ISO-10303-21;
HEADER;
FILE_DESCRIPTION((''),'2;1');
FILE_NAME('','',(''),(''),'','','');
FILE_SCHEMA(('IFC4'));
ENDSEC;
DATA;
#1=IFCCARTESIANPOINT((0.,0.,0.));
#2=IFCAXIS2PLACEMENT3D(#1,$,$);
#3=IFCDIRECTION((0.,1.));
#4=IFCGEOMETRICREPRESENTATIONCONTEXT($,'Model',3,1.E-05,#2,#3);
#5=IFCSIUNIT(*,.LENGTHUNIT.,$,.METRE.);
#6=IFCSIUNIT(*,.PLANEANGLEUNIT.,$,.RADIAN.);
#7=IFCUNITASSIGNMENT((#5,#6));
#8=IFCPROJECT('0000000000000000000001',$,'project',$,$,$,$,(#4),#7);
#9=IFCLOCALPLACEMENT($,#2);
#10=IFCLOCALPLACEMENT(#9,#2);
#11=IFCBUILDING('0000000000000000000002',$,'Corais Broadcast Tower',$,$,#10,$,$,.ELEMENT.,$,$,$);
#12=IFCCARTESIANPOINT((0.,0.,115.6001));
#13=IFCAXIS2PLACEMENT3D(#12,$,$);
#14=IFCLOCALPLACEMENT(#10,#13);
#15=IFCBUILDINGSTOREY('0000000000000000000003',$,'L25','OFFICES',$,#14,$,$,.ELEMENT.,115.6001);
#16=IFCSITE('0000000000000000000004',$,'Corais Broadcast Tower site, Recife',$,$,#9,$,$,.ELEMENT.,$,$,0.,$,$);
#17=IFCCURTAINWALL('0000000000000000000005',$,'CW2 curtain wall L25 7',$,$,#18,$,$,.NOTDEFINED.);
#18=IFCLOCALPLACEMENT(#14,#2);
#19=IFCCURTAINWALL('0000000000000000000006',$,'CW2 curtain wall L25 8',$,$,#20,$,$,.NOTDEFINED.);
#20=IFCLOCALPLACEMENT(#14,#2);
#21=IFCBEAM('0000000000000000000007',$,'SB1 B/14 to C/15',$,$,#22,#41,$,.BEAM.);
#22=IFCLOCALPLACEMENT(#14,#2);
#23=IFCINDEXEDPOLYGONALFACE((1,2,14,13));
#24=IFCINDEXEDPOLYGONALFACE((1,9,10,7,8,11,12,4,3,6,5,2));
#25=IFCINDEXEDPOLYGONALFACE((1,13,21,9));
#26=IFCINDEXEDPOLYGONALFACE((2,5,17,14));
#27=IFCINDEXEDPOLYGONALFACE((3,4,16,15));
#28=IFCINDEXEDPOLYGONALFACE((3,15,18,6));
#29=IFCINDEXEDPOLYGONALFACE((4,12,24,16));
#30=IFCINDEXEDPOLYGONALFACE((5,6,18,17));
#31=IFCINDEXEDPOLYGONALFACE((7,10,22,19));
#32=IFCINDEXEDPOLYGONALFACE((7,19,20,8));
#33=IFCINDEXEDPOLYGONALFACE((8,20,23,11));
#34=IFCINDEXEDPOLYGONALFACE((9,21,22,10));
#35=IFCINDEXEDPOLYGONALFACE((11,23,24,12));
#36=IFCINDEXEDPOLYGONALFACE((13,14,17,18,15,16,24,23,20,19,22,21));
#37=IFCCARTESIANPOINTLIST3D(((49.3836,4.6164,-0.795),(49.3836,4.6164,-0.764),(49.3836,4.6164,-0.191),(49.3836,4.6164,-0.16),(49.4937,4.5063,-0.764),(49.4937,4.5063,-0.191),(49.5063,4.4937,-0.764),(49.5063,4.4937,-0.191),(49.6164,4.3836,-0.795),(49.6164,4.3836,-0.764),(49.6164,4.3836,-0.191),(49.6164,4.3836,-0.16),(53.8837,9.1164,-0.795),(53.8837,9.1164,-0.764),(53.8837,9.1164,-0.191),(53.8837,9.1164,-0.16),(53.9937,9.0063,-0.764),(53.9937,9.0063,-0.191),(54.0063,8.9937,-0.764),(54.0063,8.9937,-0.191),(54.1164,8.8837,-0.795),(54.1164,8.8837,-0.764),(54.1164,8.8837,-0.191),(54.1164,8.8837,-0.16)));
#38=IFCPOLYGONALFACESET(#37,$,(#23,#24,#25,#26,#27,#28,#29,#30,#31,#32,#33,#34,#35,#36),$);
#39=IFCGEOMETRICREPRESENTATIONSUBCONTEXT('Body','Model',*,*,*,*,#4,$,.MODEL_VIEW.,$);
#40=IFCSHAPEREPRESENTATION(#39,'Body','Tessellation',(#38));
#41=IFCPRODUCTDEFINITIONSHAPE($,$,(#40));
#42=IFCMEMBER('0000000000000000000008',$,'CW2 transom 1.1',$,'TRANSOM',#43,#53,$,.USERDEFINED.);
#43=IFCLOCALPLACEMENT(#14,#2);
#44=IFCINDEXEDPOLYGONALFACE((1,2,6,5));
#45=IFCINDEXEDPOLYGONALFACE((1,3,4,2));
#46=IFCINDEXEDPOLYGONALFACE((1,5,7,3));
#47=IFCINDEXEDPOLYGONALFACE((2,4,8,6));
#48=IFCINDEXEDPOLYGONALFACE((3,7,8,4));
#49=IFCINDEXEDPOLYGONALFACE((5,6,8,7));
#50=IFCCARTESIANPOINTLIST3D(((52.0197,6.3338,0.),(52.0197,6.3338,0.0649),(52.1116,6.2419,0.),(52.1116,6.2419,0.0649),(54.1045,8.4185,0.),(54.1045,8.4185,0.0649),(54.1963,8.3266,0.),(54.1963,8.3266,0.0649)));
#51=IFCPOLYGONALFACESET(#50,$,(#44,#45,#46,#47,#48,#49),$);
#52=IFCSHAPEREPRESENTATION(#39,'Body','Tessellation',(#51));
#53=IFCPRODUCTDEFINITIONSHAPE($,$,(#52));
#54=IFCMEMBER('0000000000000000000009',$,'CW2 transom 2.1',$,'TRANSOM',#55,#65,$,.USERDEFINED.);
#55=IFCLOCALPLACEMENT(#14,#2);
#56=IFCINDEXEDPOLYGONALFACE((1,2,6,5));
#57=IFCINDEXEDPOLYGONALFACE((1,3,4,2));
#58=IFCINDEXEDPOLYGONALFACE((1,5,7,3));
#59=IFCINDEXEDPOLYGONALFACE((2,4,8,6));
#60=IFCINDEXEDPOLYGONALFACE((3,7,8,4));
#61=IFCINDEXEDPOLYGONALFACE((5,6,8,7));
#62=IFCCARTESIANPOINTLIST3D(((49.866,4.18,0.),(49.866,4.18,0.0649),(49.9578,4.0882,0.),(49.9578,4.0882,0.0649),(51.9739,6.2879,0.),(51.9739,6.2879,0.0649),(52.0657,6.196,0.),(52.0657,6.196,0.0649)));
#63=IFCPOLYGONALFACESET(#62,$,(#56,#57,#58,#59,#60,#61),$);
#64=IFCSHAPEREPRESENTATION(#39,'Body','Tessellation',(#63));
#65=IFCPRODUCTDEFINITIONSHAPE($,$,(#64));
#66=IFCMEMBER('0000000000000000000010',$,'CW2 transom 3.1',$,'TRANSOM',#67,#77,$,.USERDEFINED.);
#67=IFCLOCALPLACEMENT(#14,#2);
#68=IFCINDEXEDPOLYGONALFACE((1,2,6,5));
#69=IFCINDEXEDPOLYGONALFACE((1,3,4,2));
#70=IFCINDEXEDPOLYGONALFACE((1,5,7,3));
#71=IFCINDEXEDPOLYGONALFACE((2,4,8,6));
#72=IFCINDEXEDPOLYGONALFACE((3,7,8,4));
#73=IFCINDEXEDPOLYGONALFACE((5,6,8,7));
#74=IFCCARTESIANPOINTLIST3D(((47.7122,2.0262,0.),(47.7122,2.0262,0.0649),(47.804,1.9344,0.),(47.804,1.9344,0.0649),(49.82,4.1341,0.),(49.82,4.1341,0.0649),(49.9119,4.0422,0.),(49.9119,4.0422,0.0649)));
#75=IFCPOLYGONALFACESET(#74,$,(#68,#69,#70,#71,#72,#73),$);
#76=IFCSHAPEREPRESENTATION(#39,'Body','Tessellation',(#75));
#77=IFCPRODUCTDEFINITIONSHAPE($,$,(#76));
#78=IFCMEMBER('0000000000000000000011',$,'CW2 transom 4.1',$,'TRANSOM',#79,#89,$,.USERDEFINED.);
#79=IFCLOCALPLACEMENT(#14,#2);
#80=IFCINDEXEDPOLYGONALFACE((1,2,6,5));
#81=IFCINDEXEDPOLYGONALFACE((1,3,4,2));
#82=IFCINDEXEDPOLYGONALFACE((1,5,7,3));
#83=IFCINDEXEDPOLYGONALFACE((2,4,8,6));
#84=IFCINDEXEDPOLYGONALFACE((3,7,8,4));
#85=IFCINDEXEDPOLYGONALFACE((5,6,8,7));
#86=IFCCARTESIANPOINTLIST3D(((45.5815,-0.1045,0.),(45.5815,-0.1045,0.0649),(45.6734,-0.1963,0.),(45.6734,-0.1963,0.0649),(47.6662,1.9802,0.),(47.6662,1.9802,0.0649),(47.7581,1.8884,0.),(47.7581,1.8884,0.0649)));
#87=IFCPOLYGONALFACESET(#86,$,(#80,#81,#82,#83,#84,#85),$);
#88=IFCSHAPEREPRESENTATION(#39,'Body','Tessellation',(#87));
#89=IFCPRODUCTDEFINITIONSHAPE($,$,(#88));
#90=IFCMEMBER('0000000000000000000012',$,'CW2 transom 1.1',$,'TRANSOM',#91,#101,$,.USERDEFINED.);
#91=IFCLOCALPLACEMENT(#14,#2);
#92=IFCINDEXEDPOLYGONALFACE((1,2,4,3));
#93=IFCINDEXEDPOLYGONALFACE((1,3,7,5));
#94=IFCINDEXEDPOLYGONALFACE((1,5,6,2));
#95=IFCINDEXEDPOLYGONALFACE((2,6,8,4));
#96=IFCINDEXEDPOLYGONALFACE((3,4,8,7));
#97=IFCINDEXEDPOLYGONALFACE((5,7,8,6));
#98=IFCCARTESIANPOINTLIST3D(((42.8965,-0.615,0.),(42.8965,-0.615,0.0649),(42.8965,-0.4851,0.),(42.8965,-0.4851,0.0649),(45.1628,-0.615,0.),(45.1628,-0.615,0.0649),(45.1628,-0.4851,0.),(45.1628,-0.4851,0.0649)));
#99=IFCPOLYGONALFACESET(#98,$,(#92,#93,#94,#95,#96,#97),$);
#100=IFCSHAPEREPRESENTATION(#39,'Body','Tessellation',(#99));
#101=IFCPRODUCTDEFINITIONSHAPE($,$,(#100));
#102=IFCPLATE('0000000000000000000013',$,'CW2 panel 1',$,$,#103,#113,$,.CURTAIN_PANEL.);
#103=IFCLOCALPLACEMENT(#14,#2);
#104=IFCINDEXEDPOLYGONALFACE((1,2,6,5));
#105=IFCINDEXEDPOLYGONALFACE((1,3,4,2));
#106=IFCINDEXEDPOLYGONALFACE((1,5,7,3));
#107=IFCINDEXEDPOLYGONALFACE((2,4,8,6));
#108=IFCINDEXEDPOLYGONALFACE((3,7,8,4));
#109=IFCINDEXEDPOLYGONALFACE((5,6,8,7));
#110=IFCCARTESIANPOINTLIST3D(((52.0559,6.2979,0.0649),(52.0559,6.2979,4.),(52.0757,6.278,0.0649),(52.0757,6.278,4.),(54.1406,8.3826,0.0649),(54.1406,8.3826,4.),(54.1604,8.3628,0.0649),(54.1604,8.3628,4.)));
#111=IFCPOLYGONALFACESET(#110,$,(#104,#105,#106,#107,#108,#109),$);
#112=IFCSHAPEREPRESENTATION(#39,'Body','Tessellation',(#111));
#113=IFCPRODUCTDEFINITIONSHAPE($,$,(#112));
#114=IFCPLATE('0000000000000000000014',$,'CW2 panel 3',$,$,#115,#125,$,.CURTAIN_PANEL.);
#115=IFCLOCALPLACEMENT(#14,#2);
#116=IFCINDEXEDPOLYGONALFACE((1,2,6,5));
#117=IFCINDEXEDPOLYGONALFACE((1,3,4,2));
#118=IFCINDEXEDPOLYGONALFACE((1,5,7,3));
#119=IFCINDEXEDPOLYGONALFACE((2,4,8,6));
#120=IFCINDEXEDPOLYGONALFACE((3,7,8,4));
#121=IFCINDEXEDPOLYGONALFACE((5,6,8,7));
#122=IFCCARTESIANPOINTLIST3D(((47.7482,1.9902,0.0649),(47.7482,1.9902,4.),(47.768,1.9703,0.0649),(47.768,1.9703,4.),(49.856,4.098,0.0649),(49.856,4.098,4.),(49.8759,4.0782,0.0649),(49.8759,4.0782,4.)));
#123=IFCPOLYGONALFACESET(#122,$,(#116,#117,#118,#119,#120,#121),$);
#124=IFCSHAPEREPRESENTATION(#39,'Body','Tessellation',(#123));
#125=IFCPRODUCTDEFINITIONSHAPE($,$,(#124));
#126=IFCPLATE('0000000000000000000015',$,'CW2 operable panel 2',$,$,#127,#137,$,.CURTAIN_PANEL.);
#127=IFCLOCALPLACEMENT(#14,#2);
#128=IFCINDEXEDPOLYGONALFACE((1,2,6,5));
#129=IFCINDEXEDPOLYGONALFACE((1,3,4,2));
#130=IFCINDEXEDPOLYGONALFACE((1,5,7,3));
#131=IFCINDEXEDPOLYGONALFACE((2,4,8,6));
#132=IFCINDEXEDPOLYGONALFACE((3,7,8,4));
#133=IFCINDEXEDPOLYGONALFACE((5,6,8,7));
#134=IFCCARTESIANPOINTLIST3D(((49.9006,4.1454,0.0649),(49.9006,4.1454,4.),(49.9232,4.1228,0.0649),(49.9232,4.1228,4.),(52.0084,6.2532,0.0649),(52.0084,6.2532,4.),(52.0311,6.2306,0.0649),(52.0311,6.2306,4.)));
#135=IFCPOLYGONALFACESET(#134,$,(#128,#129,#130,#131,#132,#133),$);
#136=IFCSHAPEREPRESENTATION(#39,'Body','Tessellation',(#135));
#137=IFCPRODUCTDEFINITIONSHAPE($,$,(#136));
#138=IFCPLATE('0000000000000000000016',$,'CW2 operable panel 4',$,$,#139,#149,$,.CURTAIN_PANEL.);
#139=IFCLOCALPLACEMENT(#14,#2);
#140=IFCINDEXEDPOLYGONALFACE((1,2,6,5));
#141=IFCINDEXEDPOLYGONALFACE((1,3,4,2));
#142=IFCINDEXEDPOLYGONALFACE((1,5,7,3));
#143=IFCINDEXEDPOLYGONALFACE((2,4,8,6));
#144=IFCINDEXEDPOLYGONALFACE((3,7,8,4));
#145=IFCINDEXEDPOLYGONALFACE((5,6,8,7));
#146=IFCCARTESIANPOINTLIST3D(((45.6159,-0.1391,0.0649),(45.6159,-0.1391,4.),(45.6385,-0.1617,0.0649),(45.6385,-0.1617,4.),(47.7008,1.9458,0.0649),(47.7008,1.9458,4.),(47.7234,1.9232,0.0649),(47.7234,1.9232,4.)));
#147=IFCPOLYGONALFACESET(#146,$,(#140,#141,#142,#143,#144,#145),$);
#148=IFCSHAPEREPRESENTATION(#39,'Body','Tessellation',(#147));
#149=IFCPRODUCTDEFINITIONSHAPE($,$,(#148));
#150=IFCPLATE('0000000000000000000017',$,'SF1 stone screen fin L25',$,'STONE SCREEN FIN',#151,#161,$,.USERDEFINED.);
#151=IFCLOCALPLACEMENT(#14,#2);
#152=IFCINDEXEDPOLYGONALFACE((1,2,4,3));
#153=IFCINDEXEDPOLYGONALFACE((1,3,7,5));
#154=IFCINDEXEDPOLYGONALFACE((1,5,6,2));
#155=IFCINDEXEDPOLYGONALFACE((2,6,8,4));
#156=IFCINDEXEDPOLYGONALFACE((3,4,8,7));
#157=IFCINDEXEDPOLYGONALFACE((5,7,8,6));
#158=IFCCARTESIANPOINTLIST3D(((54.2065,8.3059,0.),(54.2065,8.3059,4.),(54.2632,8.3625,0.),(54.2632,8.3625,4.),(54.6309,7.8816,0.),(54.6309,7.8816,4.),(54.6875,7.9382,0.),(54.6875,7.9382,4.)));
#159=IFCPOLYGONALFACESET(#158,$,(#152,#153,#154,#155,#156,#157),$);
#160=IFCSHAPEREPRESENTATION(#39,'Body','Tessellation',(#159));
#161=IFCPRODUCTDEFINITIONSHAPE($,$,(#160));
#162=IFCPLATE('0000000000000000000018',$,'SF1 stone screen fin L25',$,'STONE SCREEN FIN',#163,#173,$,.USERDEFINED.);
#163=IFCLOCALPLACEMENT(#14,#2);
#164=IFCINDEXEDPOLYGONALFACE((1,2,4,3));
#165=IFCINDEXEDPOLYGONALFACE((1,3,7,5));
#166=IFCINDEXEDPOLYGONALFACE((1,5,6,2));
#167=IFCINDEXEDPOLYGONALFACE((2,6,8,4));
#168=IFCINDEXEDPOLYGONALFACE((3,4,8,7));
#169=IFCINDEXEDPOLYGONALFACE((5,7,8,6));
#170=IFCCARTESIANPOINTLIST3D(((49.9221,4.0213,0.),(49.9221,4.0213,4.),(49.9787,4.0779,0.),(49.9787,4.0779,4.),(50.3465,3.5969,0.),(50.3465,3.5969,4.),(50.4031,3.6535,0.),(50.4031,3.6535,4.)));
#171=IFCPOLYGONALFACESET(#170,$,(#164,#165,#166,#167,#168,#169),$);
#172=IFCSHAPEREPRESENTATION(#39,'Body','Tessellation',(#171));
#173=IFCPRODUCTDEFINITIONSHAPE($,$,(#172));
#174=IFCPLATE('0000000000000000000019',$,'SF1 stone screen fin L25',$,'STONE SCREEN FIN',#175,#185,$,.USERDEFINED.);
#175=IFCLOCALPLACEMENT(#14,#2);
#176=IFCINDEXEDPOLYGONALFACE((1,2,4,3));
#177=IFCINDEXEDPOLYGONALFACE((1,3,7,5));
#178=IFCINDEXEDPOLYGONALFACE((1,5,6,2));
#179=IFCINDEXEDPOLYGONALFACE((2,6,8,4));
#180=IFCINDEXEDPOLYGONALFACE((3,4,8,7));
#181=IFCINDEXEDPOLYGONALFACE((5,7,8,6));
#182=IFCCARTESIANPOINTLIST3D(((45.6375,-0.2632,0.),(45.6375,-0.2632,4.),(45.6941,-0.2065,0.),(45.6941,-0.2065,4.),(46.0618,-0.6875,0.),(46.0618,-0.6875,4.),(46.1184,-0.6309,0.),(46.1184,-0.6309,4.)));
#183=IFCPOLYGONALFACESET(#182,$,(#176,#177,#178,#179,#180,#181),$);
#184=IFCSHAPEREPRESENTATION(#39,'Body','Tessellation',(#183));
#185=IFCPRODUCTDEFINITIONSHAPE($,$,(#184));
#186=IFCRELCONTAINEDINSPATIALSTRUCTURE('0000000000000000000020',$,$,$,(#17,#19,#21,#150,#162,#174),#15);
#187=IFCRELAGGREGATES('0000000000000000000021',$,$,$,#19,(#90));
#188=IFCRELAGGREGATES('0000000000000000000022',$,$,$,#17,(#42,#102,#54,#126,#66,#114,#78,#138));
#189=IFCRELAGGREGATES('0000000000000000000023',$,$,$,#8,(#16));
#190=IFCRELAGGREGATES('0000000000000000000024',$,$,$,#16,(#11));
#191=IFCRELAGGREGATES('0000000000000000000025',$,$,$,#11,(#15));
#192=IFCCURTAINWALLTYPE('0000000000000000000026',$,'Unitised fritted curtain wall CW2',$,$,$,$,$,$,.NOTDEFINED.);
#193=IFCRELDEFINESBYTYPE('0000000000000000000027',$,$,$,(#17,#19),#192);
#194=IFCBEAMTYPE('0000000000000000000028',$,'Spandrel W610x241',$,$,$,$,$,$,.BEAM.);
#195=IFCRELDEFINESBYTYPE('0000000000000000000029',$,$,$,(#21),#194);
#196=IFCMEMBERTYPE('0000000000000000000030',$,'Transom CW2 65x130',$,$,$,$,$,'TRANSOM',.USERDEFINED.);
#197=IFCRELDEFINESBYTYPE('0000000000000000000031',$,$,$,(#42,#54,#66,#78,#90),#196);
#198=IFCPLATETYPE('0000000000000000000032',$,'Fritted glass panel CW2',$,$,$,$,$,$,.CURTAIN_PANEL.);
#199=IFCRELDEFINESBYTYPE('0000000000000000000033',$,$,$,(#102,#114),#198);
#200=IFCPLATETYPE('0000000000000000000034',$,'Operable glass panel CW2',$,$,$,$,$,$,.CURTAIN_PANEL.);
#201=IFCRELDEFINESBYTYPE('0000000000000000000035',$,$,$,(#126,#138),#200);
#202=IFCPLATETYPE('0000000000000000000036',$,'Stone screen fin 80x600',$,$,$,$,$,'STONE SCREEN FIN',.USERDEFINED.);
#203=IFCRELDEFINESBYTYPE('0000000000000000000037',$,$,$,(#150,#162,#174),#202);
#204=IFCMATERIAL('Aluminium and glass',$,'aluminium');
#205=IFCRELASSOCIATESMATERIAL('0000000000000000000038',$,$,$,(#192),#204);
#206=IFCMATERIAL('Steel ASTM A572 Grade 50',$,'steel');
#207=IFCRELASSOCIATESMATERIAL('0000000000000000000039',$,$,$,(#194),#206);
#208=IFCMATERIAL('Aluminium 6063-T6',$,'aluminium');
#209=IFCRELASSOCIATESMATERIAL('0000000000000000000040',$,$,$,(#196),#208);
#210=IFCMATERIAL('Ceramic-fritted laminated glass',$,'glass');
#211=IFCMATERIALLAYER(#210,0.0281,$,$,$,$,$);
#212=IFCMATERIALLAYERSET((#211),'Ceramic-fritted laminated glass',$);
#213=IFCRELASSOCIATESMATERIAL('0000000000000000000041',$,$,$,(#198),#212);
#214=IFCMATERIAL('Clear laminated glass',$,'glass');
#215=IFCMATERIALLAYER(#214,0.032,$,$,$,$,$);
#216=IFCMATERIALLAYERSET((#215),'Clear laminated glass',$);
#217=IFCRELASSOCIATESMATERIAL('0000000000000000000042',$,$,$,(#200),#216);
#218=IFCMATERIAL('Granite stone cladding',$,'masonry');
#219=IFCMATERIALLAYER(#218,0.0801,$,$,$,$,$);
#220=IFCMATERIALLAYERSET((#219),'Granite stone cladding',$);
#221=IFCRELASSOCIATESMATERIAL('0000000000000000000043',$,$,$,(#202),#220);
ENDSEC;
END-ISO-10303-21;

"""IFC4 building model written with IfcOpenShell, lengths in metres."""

from ifc_helpers import new_model, si_unit, direction, frame, origin, origin_2d, place, context, subcontext, project, spatial, rectangle, i_section, extrude, material, layer, layer_set, material_profile, profile_set, type_object, element, aggregate, save


model = new_model("IFC4")

# Units and contexts
model_context = context("Model", 3, precision=1e-05, world=origin(), true_north=direction((0.0, 1.0)))
body_context = subcontext(model_context, "Body", "Model", "MODEL_VIEW")
ifc_project = project(units=[si_unit("LENGTHUNIT", "METRE"), si_unit("PLANEANGLEUNIT", "RADIAN")], contexts=[model_context])

# Site, building, storey
site_placement = place(None, origin())
site = spatial("IfcSite", under=ifc_project, at=site_placement, Name="Corais Broadcast Tower site, Recife", CompositionType="ELEMENT", RefElevation=0.0)
building_placement = place(site_placement, origin())
building = spatial("IfcBuilding", under=site, at=building_placement, Name="Corais Broadcast Tower", CompositionType="ELEMENT")
storey_placement = place(building_placement, frame((0.0, 0.0, 115.6001)))
storey = spatial("IfcBuildingStorey", under=building, at=storey_placement, Name="L25", Description="OFFICES", CompositionType="ELEMENT", Elevation=115.6001)

# Shared definitions
ifc_material_1 = material(Name="Aluminium and glass", Category="aluminium")
curtain_wall_type = type_object("IfcCurtainWallType", Name="Unitised fritted curtain wall CW2", PredefinedType="NOTDEFINED", material=ifc_material_1)

# Curtain wall
curtain_wall_1_placement = place(storey_placement, origin())
curtain_wall_1 = element("IfcCurtainWall", 1, at=curtain_wall_1_placement, inside=storey, type_object=curtain_wall_type, Name="CW2 curtain wall L25 7", PredefinedType="NOTDEFINED")

# Curtain wall
curtain_wall_2_placement = place(storey_placement, origin())
curtain_wall_2 = element("IfcCurtainWall", 2, at=curtain_wall_2_placement, inside=storey, type_object=curtain_wall_type, Name="CW2 curtain wall L25 8", PredefinedType="NOTDEFINED")

# Beam
ifc_material_2 = material(Name="Steel ASTM A572 Grade 50", Category="steel")
ifc_material_profile_1 = material_profile(ifc_material_2, i_section(OverallWidth=0.3291, OverallDepth=0.635, WebThickness=0.0178, FlangeThickness=0.031, at=origin_2d()), Name="W610x241")
ifc_profile_set_1 = profile_set([ifc_material_profile_1], Name="Steel ASTM A572 Grade 50")
beam_type_1 = type_object("IfcBeamType", Name="Spandrel W610x241", PredefinedType="BEAM", material=ifc_profile_set_1)
beam_1_placement = place(storey_placement, frame((49.5, 4.5, -0.4775), z_axis=(0.707107, 0.707107, 0.0), x_axis=(-0.707107, 0.707107, 0.0)))
element("IfcBeam", 3, at=beam_1_placement, inside=storey, type_object=beam_type_1, Name="SB1 B/14 to C/15", PredefinedType="BEAM", context=body_context, shape_type="SweptSolid", body=[
    extrude(i_section(OverallWidth=0.3291, OverallDepth=0.635, WebThickness=0.0178, FlangeThickness=0.031, at=origin_2d()), origin(), (0.0, 0.0, 1.0), 6.364),
])

# Members
ifc_material_3 = material(Name="Aluminium 6063-T6", Category="aluminium")
ifc_material_profile_2 = material_profile(ifc_material_3, rectangle(XDim=0.1299, YDim=0.0649, at=origin_2d()), Name="Transom CW2 65x130")
ifc_profile_set_2 = profile_set([ifc_material_profile_2], Name="Aluminium 6063-T6")
member_type_1 = type_object("IfcMemberType", Name="Transom CW2 65x130", ElementType="TRANSOM", PredefinedType="USERDEFINED", material=ifc_profile_set_2)
member_1_placement = place(storey_placement, frame((54.1504, 8.3726, 0.0325), z_axis=(-0.707107, -0.707107, 0.0), x_axis=(0.707107, -0.707107, 0.0)))
member_1 = element("IfcMember", 4, at=member_1_placement, type_object=member_type_1, Name="CW2 transom 1.1", ObjectType="TRANSOM", PredefinedType="USERDEFINED", context=body_context, shape_type="SweptSolid", body=[
    extrude(rectangle(XDim=0.1299, YDim=0.0649, at=origin_2d()), origin(), (0.0, 0.0, 1.0), 2.9482),
])
member_2_placement = place(storey_placement, frame((52.0198, 6.2419, 0.0325), z_axis=(-0.707107, -0.707107, 0.0), x_axis=(0.707107, -0.707107, 0.0)))
member_2 = element("IfcMember", 5, at=member_2_placement, type_object=member_type_1, Name="CW2 transom 2.1", ObjectType="TRANSOM", PredefinedType="USERDEFINED", context=body_context, shape_type="SweptSolid", body=[
    extrude(rectangle(XDim=0.1299, YDim=0.0649, at=origin_2d()), origin(), (0.0, 0.0, 1.0), 2.981),
])
member_3_placement = place(storey_placement, frame((49.866, 4.0881, 0.0325), z_axis=(-0.707107, -0.707107, 0.0), x_axis=(0.707107, -0.707107, 0.0)))
member_3 = element("IfcMember", 6, at=member_3_placement, type_object=member_type_1, Name="CW2 transom 3.1", ObjectType="TRANSOM", PredefinedType="USERDEFINED", context=body_context, shape_type="SweptSolid", body=[
    extrude(rectangle(XDim=0.1299, YDim=0.0649, at=origin_2d()), origin(), (0.0, 0.0, 1.0), 2.981),
])
member_4_placement = place(storey_placement, frame((47.7122, 1.9343, 0.0325), z_axis=(-0.707107, -0.707107, 0.0), x_axis=(0.707107, -0.707107, 0.0)))
member_4 = element("IfcMember", 7, at=member_4_placement, type_object=member_type_1, Name="CW2 transom 4.1", ObjectType="TRANSOM", PredefinedType="USERDEFINED", context=body_context, shape_type="SweptSolid", body=[
    extrude(rectangle(XDim=0.1299, YDim=0.0649, at=origin_2d()), origin(), (0.0, 0.0, 1.0), 2.9482),
])
member_5_placement = place(storey_placement, frame((45.1628, -0.55, 0.0325), z_axis=(-1.0, 0.0, 0.0), x_axis=(0.0, -1.0, 0.0)))
member_5 = element("IfcMember", 8, at=member_5_placement, type_object=member_type_1, Name="CW2 transom 1.1", ObjectType="TRANSOM", PredefinedType="USERDEFINED", context=body_context, shape_type="SweptSolid", body=[
    extrude(rectangle(XDim=0.1299, YDim=0.0649, at=origin_2d()), origin(), (0.0, 0.0, 1.0), 2.2664),
])
aggregate(curtain_wall_2, [member_5])

# Plates
ifc_material_4 = material(Name="Ceramic-fritted laminated glass", Category="glass")
ifc_layer_1 = layer(ifc_material_4, 0.0281)
ifc_layer_set_1 = layer_set([ifc_layer_1], Name="Ceramic-fritted laminated glass")
plate_type_1 = type_object("IfcPlateType", Name="Fritted glass panel CW2", PredefinedType="CURTAIN_PANEL", material=ifc_layer_set_1)
plate_1_placement = place(storey_placement, frame((53.1082, 7.3303, 0.0649), z_axis=(0.0, 0.0, 1.0), x_axis=(-0.707107, -0.707107, 0.0)))
plate_1 = element("IfcPlate", 9, at=plate_1_placement, type_object=plate_type_1, Name="CW2 panel 1", PredefinedType="CURTAIN_PANEL", context=body_context, shape_type="SweptSolid", body=[
    extrude(rectangle(XDim=2.9482, YDim=0.0281, at=origin_2d()), origin(), (0.0, 0.0, 1.0), 3.9351),
])
plate_2_placement = place(storey_placement, frame((48.812, 3.0342, 0.0649), z_axis=(0.0, 0.0, 1.0), x_axis=(-0.707107, -0.707107, 0.0)))
plate_2 = element("IfcPlate", 10, at=plate_2_placement, type_object=plate_type_1, Name="CW2 panel 3", PredefinedType="CURTAIN_PANEL", context=body_context, shape_type="SweptSolid", body=[
    extrude(rectangle(XDim=2.981, YDim=0.0281, at=origin_2d()), origin(), (0.0, 0.0, 1.0), 3.9351),
])
ifc_material_5 = material(Name="Clear laminated glass", Category="glass")
ifc_layer_2 = layer(ifc_material_5, 0.032)
ifc_layer_set_2 = layer_set([ifc_layer_2], Name="Clear laminated glass")
plate_type_2 = type_object("IfcPlateType", Name="Operable glass panel CW2", PredefinedType="CURTAIN_PANEL", material=ifc_layer_set_2)
plate_3_placement = place(storey_placement, frame((50.9658, 5.188, 0.0649), z_axis=(0.0, 0.0, 1.0), x_axis=(-0.707107, -0.707107, 0.0)))
plate_3 = element("IfcPlate", 11, at=plate_3_placement, type_object=plate_type_2, Name="CW2 operable panel 2", PredefinedType="CURTAIN_PANEL", context=body_context, shape_type="SweptSolid", body=[
    extrude(rectangle(XDim=2.981, YDim=0.032, at=origin_2d()), origin(), (0.0, 0.0, 1.0), 3.9351),
])
plate_4_placement = place(storey_placement, frame((46.6697, 0.8921, 0.0649), z_axis=(0.0, 0.0, 1.0), x_axis=(-0.707107, -0.707107, 0.0)))
plate_4 = element("IfcPlate", 12, at=plate_4_placement, type_object=plate_type_2, Name="CW2 operable panel 4", PredefinedType="CURTAIN_PANEL", context=body_context, shape_type="SweptSolid", body=[
    extrude(rectangle(XDim=2.9485, YDim=0.032, at=origin_2d()), origin(), (0.0, 0.0, 1.0), 3.9351),
])
aggregate(curtain_wall_1, [member_1, plate_1, member_2, plate_3, member_3, plate_2, member_4, plate_4])

# Plates
ifc_material_6 = material(Name="Granite stone cladding", Category="masonry")
ifc_layer_3 = layer(ifc_material_6, 0.0801)
ifc_layer_set_3 = layer_set([ifc_layer_3], Name="Granite stone cladding")
plate_type_3 = type_object("IfcPlateType", Name="Stone screen fin 80x600", ElementType="STONE SCREEN FIN", PredefinedType="USERDEFINED", material=ifc_layer_set_3)
for number, where, z_axis, x_axis, name in (
    (13, (54.447, 8.1221, 0.0), (0.0, 0.0, 1.0), (-0.707107, -0.707107, 0.0), "SF1 stone screen fin L25"),
    (14, (50.1626, 3.8374, 0.0), (0.0, 0.0, 1.0), (-0.707107, -0.707107, 0.0), "SF1 stone screen fin L25"),
    (15, (45.8779, -0.447, 0.0), (0.0, 0.0, 1.0), (-0.707107, -0.707107, 0.0), "SF1 stone screen fin L25"),
):
    element("IfcPlate", number, at=place(storey_placement, frame(where, z_axis=z_axis, x_axis=x_axis)), inside=storey, type_object=plate_type_3, Name=name, ObjectType="STONE SCREEN FIN", PredefinedType="USERDEFINED", context=body_context, shape_type="SweptSolid", body=[
        extrude(rectangle(XDim=0.0801, YDim=0.6001, at=origin_2d()), origin(), (0.0, 0.0, 1.0), 4.0),
    ])

save(model, "model.ifc")
